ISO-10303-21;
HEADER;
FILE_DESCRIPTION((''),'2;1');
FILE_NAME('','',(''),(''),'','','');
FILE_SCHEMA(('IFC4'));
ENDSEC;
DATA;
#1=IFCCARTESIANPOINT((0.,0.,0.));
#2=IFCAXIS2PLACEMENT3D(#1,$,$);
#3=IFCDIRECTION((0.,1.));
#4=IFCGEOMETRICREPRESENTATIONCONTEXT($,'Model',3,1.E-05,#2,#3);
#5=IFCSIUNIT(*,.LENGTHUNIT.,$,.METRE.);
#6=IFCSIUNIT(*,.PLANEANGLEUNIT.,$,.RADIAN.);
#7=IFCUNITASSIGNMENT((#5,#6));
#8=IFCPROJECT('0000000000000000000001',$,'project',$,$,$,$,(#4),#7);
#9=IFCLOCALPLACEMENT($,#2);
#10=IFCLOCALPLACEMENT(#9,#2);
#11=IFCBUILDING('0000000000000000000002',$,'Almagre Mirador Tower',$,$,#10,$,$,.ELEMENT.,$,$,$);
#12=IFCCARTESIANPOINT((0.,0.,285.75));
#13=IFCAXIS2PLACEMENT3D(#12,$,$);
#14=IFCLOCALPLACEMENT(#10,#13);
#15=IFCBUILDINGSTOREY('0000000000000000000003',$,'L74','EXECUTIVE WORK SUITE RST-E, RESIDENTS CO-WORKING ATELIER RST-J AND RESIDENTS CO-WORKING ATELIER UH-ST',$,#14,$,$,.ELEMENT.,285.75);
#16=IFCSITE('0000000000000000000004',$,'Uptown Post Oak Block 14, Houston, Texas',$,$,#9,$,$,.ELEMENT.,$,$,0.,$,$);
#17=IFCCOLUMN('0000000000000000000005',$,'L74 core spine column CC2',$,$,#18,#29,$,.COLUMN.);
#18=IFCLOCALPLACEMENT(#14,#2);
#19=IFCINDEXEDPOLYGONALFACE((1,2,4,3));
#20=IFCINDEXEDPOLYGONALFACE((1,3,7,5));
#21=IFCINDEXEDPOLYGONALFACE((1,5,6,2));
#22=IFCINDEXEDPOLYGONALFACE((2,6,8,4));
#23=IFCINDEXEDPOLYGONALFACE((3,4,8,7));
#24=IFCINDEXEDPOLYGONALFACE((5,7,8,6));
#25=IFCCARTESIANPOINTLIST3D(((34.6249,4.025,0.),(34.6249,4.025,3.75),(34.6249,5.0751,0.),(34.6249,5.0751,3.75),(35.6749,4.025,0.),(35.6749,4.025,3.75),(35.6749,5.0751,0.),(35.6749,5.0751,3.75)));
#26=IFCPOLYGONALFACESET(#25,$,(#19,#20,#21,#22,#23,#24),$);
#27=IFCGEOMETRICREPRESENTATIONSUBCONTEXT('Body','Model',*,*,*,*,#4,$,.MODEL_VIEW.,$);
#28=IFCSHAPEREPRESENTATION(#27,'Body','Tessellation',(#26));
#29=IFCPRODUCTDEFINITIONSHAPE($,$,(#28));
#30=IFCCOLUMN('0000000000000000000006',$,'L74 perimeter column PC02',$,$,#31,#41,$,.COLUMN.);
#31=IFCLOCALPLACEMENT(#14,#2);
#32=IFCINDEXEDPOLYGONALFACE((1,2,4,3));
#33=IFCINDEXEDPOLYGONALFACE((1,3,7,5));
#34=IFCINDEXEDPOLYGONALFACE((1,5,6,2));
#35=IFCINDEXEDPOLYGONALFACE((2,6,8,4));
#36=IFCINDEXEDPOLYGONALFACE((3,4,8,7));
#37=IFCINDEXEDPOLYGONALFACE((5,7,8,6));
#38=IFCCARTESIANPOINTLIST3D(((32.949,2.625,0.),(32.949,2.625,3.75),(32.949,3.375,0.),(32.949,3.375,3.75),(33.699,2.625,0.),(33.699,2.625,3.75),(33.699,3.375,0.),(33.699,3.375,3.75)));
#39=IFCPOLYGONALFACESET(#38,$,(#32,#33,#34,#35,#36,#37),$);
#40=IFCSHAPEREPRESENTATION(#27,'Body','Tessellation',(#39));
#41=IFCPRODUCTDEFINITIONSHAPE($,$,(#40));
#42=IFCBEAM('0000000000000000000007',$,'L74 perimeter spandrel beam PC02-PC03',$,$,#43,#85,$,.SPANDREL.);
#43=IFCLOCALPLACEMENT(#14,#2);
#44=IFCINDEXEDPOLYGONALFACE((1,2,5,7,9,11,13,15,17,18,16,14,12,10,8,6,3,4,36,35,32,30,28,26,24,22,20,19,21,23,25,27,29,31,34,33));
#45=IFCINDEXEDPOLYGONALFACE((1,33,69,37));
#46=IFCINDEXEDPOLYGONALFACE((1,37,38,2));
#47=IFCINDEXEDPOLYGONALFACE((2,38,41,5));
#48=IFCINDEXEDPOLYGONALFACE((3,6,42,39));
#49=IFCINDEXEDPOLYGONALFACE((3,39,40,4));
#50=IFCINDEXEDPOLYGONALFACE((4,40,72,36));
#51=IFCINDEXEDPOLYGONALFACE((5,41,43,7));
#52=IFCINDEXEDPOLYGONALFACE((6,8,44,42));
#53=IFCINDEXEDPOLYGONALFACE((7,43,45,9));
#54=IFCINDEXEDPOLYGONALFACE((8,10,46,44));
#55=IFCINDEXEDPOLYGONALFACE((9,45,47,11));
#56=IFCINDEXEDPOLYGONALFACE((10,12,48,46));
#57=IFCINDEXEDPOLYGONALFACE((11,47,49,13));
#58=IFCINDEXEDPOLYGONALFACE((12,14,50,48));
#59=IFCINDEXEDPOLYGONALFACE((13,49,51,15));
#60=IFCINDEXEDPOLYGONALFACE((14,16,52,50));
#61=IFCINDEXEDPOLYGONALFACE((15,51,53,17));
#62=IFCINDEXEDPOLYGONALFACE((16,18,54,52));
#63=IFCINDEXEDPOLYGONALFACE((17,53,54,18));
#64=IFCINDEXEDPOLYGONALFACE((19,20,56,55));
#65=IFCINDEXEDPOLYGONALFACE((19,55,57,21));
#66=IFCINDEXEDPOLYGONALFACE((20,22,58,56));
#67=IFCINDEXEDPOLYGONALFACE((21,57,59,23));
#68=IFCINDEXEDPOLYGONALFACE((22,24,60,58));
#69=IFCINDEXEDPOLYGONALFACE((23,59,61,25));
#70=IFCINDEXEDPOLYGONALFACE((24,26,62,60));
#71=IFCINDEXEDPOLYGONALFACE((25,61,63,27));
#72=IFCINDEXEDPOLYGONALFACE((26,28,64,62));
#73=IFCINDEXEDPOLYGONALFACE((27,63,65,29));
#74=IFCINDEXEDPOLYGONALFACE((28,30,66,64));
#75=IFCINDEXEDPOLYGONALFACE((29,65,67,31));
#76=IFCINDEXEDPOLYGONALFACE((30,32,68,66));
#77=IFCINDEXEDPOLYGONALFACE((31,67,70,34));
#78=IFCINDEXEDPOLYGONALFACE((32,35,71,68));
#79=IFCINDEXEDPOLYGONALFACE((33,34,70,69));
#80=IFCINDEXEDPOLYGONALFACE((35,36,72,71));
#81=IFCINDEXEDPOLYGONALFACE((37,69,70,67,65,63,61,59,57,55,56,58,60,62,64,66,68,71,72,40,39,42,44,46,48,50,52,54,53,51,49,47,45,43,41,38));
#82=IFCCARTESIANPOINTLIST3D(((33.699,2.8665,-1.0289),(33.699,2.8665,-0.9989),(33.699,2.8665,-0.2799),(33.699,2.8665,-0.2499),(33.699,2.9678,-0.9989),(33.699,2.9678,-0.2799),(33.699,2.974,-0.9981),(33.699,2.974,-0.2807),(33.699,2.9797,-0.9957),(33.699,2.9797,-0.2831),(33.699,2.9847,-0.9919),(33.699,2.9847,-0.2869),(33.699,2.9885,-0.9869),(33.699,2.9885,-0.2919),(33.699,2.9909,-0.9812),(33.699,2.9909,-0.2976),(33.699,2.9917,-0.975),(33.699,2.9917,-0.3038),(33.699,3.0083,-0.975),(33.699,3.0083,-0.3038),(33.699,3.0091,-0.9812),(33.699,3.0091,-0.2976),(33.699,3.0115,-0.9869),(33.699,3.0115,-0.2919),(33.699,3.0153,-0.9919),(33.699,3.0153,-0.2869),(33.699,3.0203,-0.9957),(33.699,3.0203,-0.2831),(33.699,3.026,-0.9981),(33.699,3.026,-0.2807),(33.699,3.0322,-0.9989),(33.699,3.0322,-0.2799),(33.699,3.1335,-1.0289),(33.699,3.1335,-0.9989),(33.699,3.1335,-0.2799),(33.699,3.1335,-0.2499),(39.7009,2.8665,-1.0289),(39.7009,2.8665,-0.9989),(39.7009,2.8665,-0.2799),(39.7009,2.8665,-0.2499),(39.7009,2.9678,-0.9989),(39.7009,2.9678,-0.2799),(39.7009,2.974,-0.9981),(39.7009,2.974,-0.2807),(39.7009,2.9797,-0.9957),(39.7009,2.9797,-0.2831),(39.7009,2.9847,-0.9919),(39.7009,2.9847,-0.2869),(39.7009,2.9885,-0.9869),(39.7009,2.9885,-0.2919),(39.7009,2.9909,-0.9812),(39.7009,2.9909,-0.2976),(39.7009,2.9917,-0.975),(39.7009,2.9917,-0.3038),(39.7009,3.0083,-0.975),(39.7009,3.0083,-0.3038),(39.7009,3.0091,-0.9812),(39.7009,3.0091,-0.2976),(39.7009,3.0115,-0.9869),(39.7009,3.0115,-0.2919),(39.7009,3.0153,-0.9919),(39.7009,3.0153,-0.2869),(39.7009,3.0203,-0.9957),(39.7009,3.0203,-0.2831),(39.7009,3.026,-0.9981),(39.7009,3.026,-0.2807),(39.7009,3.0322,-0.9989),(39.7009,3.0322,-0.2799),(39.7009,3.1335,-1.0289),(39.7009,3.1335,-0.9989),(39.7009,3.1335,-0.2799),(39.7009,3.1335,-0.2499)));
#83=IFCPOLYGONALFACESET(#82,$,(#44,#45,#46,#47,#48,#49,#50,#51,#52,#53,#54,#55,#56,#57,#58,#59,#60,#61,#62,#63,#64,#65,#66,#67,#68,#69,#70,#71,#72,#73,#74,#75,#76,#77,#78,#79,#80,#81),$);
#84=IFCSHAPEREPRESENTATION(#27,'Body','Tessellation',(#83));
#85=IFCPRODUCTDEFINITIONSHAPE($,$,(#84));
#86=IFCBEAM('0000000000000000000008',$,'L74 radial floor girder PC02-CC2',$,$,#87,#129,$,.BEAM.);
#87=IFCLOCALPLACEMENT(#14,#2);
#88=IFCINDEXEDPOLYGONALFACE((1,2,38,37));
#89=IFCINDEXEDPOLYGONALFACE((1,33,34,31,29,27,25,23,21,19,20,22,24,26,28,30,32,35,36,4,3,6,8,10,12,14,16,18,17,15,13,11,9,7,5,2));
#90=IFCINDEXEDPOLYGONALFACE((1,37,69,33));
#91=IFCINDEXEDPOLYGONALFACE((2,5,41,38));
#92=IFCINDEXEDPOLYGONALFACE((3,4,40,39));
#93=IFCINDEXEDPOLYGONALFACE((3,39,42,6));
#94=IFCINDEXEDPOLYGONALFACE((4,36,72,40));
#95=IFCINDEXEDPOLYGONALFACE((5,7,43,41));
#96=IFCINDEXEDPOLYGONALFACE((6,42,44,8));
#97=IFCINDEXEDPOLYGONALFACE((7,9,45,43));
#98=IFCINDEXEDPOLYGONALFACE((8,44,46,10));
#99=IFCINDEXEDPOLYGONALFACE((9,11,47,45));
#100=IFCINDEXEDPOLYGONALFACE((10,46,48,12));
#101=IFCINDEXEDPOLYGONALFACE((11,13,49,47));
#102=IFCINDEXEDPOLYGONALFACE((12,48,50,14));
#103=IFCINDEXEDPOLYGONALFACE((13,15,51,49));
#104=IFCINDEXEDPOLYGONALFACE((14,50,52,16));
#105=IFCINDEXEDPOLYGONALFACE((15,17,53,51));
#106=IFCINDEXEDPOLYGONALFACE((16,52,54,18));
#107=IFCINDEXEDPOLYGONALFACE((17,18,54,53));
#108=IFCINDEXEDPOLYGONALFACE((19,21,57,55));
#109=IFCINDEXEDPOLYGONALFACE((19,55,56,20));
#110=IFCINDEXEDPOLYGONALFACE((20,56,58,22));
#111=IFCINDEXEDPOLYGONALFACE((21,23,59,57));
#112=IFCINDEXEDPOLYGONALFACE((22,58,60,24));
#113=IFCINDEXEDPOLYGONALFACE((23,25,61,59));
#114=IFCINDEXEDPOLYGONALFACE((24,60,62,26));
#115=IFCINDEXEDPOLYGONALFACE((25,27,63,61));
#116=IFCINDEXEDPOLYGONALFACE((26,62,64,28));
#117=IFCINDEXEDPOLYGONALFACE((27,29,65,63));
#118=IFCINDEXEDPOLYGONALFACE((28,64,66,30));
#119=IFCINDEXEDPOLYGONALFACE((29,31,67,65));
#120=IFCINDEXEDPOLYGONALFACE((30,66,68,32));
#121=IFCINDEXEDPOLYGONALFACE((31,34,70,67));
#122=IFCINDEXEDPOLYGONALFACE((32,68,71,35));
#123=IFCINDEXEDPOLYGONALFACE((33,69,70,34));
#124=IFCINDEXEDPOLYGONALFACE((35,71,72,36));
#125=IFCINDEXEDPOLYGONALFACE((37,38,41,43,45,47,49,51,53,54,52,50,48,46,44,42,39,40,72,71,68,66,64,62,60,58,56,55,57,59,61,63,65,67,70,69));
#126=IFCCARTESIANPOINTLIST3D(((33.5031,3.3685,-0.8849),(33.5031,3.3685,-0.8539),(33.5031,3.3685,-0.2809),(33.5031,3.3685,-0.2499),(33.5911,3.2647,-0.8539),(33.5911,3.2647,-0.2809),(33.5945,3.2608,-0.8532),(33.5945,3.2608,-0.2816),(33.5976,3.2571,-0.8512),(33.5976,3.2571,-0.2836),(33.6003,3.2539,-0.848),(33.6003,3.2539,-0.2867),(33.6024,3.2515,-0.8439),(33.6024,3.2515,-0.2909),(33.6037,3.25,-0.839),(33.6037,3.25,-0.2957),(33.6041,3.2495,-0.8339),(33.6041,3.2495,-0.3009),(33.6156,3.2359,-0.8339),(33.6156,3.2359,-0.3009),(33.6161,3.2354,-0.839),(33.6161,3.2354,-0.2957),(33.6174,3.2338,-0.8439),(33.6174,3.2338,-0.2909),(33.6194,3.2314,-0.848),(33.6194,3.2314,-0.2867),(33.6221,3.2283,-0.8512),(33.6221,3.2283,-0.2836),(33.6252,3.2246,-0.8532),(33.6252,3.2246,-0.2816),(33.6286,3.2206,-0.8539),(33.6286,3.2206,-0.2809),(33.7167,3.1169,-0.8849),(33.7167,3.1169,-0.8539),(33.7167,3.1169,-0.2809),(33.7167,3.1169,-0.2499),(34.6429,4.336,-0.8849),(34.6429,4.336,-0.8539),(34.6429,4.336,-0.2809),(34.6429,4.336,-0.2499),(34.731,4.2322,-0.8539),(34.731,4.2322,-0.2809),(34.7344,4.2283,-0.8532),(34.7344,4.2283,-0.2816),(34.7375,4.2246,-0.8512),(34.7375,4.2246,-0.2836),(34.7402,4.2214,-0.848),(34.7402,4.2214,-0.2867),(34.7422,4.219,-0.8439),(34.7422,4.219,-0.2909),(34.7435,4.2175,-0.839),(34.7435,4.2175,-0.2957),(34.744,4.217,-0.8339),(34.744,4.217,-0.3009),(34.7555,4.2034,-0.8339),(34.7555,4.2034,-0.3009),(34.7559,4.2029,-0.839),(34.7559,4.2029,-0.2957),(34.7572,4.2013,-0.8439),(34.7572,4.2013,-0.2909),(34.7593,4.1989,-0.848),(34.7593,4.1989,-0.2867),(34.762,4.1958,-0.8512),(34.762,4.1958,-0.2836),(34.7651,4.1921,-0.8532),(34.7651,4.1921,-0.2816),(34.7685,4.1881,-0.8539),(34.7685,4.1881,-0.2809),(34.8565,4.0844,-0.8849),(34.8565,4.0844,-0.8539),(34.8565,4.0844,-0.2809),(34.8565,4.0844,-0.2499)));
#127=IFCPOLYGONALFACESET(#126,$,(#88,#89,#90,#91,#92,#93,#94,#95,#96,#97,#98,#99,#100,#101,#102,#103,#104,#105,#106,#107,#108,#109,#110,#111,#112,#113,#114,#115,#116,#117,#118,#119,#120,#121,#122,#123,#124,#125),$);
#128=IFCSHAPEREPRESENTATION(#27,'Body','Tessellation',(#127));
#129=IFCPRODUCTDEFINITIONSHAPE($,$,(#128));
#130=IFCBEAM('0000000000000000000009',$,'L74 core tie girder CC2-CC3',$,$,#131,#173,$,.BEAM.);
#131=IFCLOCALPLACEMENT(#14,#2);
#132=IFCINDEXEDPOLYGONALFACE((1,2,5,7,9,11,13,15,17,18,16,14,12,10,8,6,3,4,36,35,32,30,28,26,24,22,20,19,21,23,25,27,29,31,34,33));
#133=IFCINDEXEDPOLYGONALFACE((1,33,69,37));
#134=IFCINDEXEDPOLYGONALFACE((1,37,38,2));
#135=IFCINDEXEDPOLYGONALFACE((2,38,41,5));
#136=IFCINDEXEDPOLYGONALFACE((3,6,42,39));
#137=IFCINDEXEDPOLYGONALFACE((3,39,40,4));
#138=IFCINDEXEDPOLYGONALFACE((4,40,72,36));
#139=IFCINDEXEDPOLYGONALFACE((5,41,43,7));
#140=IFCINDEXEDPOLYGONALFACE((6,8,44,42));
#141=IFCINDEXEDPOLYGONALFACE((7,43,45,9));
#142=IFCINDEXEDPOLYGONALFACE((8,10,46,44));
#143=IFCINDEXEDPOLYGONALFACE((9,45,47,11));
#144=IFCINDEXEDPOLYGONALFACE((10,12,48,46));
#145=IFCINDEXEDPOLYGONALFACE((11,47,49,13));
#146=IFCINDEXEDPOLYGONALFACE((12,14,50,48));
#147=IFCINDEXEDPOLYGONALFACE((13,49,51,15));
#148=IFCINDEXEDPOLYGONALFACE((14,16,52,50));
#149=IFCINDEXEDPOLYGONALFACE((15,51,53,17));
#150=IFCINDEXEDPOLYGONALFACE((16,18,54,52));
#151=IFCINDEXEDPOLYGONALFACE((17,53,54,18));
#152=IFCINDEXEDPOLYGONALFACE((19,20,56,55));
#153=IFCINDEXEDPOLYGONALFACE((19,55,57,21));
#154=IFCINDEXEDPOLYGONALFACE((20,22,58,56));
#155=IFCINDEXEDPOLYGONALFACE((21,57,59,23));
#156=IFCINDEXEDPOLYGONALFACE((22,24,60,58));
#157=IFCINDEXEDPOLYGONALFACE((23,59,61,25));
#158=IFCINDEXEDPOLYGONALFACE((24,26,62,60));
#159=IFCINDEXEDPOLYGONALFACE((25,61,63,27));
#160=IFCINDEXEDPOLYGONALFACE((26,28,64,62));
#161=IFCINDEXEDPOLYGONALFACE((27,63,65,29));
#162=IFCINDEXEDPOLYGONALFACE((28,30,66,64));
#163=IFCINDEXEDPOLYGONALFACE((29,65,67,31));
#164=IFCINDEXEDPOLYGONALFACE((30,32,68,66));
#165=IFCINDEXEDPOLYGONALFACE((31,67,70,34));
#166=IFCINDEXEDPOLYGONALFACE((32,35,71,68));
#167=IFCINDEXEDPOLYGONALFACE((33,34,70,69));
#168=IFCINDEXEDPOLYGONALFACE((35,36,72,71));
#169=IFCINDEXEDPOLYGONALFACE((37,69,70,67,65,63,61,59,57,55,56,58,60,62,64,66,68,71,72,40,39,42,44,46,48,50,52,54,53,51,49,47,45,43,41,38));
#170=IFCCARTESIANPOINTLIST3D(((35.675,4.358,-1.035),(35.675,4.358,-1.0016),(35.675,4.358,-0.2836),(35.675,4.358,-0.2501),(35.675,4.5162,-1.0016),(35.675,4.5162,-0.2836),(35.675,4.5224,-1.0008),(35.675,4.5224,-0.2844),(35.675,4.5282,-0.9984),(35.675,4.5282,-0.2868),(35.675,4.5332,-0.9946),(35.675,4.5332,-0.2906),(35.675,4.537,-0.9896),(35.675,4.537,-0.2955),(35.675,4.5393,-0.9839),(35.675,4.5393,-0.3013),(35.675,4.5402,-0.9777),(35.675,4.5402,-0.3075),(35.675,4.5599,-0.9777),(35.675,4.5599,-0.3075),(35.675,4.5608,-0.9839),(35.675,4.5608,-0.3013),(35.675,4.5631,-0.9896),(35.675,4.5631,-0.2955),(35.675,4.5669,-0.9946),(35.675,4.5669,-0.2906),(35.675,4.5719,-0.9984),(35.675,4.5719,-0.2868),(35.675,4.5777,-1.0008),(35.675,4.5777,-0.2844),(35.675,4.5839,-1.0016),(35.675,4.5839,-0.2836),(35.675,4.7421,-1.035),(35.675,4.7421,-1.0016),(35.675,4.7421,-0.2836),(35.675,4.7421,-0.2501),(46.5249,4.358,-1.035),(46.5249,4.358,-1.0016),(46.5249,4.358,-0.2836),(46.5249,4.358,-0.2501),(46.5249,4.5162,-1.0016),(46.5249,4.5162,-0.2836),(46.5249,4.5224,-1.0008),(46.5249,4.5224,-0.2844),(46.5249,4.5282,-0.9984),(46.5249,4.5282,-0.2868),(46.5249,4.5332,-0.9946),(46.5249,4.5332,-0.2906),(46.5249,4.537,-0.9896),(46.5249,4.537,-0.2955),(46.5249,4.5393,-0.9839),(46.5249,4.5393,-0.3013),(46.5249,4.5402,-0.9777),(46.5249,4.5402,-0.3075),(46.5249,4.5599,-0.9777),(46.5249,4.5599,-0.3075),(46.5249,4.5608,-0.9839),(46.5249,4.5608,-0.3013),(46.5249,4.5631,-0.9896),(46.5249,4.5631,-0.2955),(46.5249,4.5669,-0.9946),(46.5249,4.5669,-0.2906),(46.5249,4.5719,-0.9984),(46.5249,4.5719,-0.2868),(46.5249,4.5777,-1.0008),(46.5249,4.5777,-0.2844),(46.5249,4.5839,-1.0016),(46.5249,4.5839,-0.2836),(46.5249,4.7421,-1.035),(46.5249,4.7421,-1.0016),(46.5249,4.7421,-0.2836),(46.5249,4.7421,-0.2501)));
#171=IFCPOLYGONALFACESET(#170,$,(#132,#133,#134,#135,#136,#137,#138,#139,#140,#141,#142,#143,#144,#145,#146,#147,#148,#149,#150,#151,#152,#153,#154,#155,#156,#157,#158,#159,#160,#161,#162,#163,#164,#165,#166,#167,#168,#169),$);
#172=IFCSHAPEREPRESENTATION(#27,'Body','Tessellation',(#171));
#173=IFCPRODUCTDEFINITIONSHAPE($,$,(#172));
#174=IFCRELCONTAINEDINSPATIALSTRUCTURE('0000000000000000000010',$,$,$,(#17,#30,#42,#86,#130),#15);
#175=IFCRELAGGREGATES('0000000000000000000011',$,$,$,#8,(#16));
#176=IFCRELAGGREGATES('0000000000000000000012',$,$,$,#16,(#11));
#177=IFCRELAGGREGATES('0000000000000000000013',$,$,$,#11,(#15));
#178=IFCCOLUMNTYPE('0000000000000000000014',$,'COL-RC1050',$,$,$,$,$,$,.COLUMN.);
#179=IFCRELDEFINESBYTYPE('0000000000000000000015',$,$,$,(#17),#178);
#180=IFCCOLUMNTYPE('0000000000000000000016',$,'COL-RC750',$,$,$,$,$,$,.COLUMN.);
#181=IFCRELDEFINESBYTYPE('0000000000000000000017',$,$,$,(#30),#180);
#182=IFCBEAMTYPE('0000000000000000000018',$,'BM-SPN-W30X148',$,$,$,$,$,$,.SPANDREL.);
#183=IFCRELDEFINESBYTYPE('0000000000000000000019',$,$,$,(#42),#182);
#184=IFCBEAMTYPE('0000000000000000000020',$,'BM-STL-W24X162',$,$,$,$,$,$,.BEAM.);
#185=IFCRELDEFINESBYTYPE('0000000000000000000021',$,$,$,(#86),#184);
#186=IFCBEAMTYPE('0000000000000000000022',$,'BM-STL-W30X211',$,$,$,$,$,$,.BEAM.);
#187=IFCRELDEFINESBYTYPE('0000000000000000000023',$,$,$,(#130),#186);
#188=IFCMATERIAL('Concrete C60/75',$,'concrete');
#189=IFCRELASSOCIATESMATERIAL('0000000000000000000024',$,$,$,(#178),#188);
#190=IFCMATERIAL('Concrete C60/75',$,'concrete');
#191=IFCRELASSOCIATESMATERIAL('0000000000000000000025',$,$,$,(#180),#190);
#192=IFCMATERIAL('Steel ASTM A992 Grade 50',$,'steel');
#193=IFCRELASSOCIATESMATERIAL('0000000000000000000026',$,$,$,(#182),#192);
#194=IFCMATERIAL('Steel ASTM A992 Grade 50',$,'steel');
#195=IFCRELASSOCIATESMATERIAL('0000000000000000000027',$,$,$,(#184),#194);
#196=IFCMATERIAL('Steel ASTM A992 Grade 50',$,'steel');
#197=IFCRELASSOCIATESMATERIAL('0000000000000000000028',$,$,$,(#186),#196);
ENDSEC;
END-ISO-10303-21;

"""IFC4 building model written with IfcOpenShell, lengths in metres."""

from ifc_helpers import new_model, si_unit, direction, frame, origin, origin_2d, place, context, subcontext, project, spatial, rectangle, i_section, extrude, material, material_profile, profile_set, type_object, element, save


model = new_model("IFC4")

# Units and contexts
model_context = context("Model", 3, precision=1e-05, world=origin(), true_north=direction((0.0, 1.0)))
body_context = subcontext(model_context, "Body", "Model", "MODEL_VIEW")
ifc_project = project(units=[si_unit("LENGTHUNIT", "METRE"), si_unit("PLANEANGLEUNIT", "RADIAN")], contexts=[model_context])

# Site, building, storey
site_placement = place(None, origin())
site = spatial("IfcSite", under=ifc_project, at=site_placement, Name="Uptown Post Oak Block 14, Houston, Texas", CompositionType="ELEMENT", RefElevation=0.0)
building_placement = place(site_placement, origin())
building = spatial("IfcBuilding", under=site, at=building_placement, Name="Almagre Mirador Tower", CompositionType="ELEMENT")
storey_placement = place(building_placement, frame((0.0, 0.0, 285.75)))
storey = spatial("IfcBuildingStorey", under=building, at=storey_placement, Name="L74", Description="EXECUTIVE WORK SUITE RST-E, RESIDENTS CO-WORKING ATELIER RST-J AND RESIDENTS CO-WORKING ATELIER UH-ST", CompositionType="ELEMENT", Elevation=285.75)

# Columns
ifc_material_1 = material(Name="Concrete C60/75", Category="concrete")
ifc_material_profile_1 = material_profile(ifc_material_1, rectangle(XDim=1.05, YDim=1.05, at=origin_2d()), Name="RC1050X1050")
ifc_profile_set_1 = profile_set([ifc_material_profile_1], Name="Concrete C60/75")
column_type_1 = type_object("IfcColumnType", Name="COL-RC1050", PredefinedType="COLUMN", material=ifc_profile_set_1)
column_1_placement = place(storey_placement, frame((35.1499, 4.55, 0.0), z_axis=(0.0, 0.0, 1.0), x_axis=(1.0, 0.0, 0.0)))
element("IfcColumn", 1, at=column_1_placement, inside=storey, type_object=column_type_1, Name="L74 core spine column CC2", PredefinedType="COLUMN", context=body_context, shape_type="SweptSolid", body=[
    extrude(rectangle(XDim=1.05, YDim=1.05, at=origin_2d()), origin(), (0.0, 0.0, 1.0), 3.75),
])
ifc_material_2 = material(Name="Concrete C60/75", Category="concrete")
ifc_material_profile_2 = material_profile(ifc_material_2, rectangle(XDim=0.75, YDim=0.75, at=origin_2d()), Name="RC750X750")
ifc_profile_set_2 = profile_set([ifc_material_profile_2], Name="Concrete C60/75")
column_type_2 = type_object("IfcColumnType", Name="COL-RC750", PredefinedType="COLUMN", material=ifc_profile_set_2)
column_2_placement = place(storey_placement, frame((33.324, 3.0, 0.0), z_axis=(0.0, 0.0, 1.0), x_axis=(1.0, 0.0, 0.0)))
element("IfcColumn", 2, at=column_2_placement, inside=storey, type_object=column_type_2, Name="L74 perimeter column PC02", PredefinedType="COLUMN", context=body_context, shape_type="SweptSolid", body=[
    extrude(rectangle(XDim=0.75, YDim=0.75, at=origin_2d()), origin(), (0.0, 0.0, 1.0), 3.75),
])

# Beams
ifc_material_3 = material(Name="Steel ASTM A992 Grade 50", Category="steel")
ifc_material_profile_3 = material_profile(ifc_material_3, i_section(OverallWidth=0.2671, OverallDepth=0.7791, WebThickness=0.0166, FlangeThickness=0.03, FilletRadius=0.0239, at=origin_2d()), Name="W30X148")
ifc_profile_set_3 = profile_set([ifc_material_profile_3], Name="Steel ASTM A992 Grade 50")
beam_type_1 = type_object("IfcBeamType", Name="BM-SPN-W30X148", PredefinedType="SPANDREL", material=ifc_profile_set_3)
beam_1_placement = place(storey_placement, frame((33.699, 3.0, -0.6394), z_axis=(1.0, 0.0, 0.0), x_axis=(0.0, 1.0, 0.0)))
element("IfcBeam", 3, at=beam_1_placement, inside=storey, type_object=beam_type_1, Name="L74 perimeter spandrel beam PC02-PC03", PredefinedType="SPANDREL", context=body_context, shape_type="SweptSolid", body=[
    extrude(i_section(OverallWidth=0.2671, OverallDepth=0.7791, WebThickness=0.0166, FlangeThickness=0.03, FilletRadius=0.0239, at=origin_2d()), origin(), (0.0, 0.0, 1.0), 6.002),
])
ifc_material_4 = material(Name="Steel ASTM A992 Grade 50", Category="steel")
ifc_material_profile_4 = material_profile(ifc_material_4, i_section(OverallWidth=0.3301, OverallDepth=0.635, WebThickness=0.0178, FlangeThickness=0.031, FilletRadius=0.02, at=origin_2d()), Name="W24X162")
ifc_profile_set_4 = profile_set([ifc_material_profile_4], Name="Steel ASTM A992 Grade 50")
beam_type_2 = type_object("IfcBeamType", Name="BM-STL-W24X162", PredefinedType="BEAM", material=ifc_profile_set_4)
beam_2_placement = place(storey_placement, frame((33.6099, 3.2427, -0.5674), z_axis=(0.762394, 0.647113, 0.0), x_axis=(-0.647113, 0.762394, 0.0)))
element("IfcBeam", 4, at=beam_2_placement, inside=storey, type_object=beam_type_2, Name="L74 radial floor girder PC02-CC2", PredefinedType="BEAM", context=body_context, shape_type="SweptSolid", body=[
    extrude(i_section(OverallWidth=0.3301, OverallDepth=0.635, WebThickness=0.0178, FlangeThickness=0.031, FilletRadius=0.02, at=origin_2d()), origin(), (0.0, 0.0, 1.0), 1.4951),
])
ifc_material_5 = material(Name="Steel ASTM A992 Grade 50", Category="steel")
ifc_material_profile_5 = material_profile(ifc_material_5, i_section(OverallWidth=0.384, OverallDepth=0.7849, WebThickness=0.0198, FlangeThickness=0.0334, FilletRadius=0.0239, at=origin_2d()), Name="W30X211")
ifc_profile_set_5 = profile_set([ifc_material_profile_5], Name="Steel ASTM A992 Grade 50")
beam_type_3 = type_object("IfcBeamType", Name="BM-STL-W30X211", PredefinedType="BEAM", material=ifc_profile_set_5)
beam_3_placement = place(storey_placement, frame((35.675, 4.55, -0.6426), z_axis=(1.0, 0.0, 0.0), x_axis=(0.0, 1.0, 0.0)))
element("IfcBeam", 5, at=beam_3_placement, inside=storey, type_object=beam_type_3, Name="L74 core tie girder CC2-CC3", PredefinedType="BEAM", context=body_context, shape_type="SweptSolid", body=[
    extrude(i_section(OverallWidth=0.384, OverallDepth=0.7849, WebThickness=0.0198, FlangeThickness=0.0334, FilletRadius=0.0239, at=origin_2d()), origin(), (0.0, 0.0, 1.0), 10.8499),
])

save(model, "model.ifc")
